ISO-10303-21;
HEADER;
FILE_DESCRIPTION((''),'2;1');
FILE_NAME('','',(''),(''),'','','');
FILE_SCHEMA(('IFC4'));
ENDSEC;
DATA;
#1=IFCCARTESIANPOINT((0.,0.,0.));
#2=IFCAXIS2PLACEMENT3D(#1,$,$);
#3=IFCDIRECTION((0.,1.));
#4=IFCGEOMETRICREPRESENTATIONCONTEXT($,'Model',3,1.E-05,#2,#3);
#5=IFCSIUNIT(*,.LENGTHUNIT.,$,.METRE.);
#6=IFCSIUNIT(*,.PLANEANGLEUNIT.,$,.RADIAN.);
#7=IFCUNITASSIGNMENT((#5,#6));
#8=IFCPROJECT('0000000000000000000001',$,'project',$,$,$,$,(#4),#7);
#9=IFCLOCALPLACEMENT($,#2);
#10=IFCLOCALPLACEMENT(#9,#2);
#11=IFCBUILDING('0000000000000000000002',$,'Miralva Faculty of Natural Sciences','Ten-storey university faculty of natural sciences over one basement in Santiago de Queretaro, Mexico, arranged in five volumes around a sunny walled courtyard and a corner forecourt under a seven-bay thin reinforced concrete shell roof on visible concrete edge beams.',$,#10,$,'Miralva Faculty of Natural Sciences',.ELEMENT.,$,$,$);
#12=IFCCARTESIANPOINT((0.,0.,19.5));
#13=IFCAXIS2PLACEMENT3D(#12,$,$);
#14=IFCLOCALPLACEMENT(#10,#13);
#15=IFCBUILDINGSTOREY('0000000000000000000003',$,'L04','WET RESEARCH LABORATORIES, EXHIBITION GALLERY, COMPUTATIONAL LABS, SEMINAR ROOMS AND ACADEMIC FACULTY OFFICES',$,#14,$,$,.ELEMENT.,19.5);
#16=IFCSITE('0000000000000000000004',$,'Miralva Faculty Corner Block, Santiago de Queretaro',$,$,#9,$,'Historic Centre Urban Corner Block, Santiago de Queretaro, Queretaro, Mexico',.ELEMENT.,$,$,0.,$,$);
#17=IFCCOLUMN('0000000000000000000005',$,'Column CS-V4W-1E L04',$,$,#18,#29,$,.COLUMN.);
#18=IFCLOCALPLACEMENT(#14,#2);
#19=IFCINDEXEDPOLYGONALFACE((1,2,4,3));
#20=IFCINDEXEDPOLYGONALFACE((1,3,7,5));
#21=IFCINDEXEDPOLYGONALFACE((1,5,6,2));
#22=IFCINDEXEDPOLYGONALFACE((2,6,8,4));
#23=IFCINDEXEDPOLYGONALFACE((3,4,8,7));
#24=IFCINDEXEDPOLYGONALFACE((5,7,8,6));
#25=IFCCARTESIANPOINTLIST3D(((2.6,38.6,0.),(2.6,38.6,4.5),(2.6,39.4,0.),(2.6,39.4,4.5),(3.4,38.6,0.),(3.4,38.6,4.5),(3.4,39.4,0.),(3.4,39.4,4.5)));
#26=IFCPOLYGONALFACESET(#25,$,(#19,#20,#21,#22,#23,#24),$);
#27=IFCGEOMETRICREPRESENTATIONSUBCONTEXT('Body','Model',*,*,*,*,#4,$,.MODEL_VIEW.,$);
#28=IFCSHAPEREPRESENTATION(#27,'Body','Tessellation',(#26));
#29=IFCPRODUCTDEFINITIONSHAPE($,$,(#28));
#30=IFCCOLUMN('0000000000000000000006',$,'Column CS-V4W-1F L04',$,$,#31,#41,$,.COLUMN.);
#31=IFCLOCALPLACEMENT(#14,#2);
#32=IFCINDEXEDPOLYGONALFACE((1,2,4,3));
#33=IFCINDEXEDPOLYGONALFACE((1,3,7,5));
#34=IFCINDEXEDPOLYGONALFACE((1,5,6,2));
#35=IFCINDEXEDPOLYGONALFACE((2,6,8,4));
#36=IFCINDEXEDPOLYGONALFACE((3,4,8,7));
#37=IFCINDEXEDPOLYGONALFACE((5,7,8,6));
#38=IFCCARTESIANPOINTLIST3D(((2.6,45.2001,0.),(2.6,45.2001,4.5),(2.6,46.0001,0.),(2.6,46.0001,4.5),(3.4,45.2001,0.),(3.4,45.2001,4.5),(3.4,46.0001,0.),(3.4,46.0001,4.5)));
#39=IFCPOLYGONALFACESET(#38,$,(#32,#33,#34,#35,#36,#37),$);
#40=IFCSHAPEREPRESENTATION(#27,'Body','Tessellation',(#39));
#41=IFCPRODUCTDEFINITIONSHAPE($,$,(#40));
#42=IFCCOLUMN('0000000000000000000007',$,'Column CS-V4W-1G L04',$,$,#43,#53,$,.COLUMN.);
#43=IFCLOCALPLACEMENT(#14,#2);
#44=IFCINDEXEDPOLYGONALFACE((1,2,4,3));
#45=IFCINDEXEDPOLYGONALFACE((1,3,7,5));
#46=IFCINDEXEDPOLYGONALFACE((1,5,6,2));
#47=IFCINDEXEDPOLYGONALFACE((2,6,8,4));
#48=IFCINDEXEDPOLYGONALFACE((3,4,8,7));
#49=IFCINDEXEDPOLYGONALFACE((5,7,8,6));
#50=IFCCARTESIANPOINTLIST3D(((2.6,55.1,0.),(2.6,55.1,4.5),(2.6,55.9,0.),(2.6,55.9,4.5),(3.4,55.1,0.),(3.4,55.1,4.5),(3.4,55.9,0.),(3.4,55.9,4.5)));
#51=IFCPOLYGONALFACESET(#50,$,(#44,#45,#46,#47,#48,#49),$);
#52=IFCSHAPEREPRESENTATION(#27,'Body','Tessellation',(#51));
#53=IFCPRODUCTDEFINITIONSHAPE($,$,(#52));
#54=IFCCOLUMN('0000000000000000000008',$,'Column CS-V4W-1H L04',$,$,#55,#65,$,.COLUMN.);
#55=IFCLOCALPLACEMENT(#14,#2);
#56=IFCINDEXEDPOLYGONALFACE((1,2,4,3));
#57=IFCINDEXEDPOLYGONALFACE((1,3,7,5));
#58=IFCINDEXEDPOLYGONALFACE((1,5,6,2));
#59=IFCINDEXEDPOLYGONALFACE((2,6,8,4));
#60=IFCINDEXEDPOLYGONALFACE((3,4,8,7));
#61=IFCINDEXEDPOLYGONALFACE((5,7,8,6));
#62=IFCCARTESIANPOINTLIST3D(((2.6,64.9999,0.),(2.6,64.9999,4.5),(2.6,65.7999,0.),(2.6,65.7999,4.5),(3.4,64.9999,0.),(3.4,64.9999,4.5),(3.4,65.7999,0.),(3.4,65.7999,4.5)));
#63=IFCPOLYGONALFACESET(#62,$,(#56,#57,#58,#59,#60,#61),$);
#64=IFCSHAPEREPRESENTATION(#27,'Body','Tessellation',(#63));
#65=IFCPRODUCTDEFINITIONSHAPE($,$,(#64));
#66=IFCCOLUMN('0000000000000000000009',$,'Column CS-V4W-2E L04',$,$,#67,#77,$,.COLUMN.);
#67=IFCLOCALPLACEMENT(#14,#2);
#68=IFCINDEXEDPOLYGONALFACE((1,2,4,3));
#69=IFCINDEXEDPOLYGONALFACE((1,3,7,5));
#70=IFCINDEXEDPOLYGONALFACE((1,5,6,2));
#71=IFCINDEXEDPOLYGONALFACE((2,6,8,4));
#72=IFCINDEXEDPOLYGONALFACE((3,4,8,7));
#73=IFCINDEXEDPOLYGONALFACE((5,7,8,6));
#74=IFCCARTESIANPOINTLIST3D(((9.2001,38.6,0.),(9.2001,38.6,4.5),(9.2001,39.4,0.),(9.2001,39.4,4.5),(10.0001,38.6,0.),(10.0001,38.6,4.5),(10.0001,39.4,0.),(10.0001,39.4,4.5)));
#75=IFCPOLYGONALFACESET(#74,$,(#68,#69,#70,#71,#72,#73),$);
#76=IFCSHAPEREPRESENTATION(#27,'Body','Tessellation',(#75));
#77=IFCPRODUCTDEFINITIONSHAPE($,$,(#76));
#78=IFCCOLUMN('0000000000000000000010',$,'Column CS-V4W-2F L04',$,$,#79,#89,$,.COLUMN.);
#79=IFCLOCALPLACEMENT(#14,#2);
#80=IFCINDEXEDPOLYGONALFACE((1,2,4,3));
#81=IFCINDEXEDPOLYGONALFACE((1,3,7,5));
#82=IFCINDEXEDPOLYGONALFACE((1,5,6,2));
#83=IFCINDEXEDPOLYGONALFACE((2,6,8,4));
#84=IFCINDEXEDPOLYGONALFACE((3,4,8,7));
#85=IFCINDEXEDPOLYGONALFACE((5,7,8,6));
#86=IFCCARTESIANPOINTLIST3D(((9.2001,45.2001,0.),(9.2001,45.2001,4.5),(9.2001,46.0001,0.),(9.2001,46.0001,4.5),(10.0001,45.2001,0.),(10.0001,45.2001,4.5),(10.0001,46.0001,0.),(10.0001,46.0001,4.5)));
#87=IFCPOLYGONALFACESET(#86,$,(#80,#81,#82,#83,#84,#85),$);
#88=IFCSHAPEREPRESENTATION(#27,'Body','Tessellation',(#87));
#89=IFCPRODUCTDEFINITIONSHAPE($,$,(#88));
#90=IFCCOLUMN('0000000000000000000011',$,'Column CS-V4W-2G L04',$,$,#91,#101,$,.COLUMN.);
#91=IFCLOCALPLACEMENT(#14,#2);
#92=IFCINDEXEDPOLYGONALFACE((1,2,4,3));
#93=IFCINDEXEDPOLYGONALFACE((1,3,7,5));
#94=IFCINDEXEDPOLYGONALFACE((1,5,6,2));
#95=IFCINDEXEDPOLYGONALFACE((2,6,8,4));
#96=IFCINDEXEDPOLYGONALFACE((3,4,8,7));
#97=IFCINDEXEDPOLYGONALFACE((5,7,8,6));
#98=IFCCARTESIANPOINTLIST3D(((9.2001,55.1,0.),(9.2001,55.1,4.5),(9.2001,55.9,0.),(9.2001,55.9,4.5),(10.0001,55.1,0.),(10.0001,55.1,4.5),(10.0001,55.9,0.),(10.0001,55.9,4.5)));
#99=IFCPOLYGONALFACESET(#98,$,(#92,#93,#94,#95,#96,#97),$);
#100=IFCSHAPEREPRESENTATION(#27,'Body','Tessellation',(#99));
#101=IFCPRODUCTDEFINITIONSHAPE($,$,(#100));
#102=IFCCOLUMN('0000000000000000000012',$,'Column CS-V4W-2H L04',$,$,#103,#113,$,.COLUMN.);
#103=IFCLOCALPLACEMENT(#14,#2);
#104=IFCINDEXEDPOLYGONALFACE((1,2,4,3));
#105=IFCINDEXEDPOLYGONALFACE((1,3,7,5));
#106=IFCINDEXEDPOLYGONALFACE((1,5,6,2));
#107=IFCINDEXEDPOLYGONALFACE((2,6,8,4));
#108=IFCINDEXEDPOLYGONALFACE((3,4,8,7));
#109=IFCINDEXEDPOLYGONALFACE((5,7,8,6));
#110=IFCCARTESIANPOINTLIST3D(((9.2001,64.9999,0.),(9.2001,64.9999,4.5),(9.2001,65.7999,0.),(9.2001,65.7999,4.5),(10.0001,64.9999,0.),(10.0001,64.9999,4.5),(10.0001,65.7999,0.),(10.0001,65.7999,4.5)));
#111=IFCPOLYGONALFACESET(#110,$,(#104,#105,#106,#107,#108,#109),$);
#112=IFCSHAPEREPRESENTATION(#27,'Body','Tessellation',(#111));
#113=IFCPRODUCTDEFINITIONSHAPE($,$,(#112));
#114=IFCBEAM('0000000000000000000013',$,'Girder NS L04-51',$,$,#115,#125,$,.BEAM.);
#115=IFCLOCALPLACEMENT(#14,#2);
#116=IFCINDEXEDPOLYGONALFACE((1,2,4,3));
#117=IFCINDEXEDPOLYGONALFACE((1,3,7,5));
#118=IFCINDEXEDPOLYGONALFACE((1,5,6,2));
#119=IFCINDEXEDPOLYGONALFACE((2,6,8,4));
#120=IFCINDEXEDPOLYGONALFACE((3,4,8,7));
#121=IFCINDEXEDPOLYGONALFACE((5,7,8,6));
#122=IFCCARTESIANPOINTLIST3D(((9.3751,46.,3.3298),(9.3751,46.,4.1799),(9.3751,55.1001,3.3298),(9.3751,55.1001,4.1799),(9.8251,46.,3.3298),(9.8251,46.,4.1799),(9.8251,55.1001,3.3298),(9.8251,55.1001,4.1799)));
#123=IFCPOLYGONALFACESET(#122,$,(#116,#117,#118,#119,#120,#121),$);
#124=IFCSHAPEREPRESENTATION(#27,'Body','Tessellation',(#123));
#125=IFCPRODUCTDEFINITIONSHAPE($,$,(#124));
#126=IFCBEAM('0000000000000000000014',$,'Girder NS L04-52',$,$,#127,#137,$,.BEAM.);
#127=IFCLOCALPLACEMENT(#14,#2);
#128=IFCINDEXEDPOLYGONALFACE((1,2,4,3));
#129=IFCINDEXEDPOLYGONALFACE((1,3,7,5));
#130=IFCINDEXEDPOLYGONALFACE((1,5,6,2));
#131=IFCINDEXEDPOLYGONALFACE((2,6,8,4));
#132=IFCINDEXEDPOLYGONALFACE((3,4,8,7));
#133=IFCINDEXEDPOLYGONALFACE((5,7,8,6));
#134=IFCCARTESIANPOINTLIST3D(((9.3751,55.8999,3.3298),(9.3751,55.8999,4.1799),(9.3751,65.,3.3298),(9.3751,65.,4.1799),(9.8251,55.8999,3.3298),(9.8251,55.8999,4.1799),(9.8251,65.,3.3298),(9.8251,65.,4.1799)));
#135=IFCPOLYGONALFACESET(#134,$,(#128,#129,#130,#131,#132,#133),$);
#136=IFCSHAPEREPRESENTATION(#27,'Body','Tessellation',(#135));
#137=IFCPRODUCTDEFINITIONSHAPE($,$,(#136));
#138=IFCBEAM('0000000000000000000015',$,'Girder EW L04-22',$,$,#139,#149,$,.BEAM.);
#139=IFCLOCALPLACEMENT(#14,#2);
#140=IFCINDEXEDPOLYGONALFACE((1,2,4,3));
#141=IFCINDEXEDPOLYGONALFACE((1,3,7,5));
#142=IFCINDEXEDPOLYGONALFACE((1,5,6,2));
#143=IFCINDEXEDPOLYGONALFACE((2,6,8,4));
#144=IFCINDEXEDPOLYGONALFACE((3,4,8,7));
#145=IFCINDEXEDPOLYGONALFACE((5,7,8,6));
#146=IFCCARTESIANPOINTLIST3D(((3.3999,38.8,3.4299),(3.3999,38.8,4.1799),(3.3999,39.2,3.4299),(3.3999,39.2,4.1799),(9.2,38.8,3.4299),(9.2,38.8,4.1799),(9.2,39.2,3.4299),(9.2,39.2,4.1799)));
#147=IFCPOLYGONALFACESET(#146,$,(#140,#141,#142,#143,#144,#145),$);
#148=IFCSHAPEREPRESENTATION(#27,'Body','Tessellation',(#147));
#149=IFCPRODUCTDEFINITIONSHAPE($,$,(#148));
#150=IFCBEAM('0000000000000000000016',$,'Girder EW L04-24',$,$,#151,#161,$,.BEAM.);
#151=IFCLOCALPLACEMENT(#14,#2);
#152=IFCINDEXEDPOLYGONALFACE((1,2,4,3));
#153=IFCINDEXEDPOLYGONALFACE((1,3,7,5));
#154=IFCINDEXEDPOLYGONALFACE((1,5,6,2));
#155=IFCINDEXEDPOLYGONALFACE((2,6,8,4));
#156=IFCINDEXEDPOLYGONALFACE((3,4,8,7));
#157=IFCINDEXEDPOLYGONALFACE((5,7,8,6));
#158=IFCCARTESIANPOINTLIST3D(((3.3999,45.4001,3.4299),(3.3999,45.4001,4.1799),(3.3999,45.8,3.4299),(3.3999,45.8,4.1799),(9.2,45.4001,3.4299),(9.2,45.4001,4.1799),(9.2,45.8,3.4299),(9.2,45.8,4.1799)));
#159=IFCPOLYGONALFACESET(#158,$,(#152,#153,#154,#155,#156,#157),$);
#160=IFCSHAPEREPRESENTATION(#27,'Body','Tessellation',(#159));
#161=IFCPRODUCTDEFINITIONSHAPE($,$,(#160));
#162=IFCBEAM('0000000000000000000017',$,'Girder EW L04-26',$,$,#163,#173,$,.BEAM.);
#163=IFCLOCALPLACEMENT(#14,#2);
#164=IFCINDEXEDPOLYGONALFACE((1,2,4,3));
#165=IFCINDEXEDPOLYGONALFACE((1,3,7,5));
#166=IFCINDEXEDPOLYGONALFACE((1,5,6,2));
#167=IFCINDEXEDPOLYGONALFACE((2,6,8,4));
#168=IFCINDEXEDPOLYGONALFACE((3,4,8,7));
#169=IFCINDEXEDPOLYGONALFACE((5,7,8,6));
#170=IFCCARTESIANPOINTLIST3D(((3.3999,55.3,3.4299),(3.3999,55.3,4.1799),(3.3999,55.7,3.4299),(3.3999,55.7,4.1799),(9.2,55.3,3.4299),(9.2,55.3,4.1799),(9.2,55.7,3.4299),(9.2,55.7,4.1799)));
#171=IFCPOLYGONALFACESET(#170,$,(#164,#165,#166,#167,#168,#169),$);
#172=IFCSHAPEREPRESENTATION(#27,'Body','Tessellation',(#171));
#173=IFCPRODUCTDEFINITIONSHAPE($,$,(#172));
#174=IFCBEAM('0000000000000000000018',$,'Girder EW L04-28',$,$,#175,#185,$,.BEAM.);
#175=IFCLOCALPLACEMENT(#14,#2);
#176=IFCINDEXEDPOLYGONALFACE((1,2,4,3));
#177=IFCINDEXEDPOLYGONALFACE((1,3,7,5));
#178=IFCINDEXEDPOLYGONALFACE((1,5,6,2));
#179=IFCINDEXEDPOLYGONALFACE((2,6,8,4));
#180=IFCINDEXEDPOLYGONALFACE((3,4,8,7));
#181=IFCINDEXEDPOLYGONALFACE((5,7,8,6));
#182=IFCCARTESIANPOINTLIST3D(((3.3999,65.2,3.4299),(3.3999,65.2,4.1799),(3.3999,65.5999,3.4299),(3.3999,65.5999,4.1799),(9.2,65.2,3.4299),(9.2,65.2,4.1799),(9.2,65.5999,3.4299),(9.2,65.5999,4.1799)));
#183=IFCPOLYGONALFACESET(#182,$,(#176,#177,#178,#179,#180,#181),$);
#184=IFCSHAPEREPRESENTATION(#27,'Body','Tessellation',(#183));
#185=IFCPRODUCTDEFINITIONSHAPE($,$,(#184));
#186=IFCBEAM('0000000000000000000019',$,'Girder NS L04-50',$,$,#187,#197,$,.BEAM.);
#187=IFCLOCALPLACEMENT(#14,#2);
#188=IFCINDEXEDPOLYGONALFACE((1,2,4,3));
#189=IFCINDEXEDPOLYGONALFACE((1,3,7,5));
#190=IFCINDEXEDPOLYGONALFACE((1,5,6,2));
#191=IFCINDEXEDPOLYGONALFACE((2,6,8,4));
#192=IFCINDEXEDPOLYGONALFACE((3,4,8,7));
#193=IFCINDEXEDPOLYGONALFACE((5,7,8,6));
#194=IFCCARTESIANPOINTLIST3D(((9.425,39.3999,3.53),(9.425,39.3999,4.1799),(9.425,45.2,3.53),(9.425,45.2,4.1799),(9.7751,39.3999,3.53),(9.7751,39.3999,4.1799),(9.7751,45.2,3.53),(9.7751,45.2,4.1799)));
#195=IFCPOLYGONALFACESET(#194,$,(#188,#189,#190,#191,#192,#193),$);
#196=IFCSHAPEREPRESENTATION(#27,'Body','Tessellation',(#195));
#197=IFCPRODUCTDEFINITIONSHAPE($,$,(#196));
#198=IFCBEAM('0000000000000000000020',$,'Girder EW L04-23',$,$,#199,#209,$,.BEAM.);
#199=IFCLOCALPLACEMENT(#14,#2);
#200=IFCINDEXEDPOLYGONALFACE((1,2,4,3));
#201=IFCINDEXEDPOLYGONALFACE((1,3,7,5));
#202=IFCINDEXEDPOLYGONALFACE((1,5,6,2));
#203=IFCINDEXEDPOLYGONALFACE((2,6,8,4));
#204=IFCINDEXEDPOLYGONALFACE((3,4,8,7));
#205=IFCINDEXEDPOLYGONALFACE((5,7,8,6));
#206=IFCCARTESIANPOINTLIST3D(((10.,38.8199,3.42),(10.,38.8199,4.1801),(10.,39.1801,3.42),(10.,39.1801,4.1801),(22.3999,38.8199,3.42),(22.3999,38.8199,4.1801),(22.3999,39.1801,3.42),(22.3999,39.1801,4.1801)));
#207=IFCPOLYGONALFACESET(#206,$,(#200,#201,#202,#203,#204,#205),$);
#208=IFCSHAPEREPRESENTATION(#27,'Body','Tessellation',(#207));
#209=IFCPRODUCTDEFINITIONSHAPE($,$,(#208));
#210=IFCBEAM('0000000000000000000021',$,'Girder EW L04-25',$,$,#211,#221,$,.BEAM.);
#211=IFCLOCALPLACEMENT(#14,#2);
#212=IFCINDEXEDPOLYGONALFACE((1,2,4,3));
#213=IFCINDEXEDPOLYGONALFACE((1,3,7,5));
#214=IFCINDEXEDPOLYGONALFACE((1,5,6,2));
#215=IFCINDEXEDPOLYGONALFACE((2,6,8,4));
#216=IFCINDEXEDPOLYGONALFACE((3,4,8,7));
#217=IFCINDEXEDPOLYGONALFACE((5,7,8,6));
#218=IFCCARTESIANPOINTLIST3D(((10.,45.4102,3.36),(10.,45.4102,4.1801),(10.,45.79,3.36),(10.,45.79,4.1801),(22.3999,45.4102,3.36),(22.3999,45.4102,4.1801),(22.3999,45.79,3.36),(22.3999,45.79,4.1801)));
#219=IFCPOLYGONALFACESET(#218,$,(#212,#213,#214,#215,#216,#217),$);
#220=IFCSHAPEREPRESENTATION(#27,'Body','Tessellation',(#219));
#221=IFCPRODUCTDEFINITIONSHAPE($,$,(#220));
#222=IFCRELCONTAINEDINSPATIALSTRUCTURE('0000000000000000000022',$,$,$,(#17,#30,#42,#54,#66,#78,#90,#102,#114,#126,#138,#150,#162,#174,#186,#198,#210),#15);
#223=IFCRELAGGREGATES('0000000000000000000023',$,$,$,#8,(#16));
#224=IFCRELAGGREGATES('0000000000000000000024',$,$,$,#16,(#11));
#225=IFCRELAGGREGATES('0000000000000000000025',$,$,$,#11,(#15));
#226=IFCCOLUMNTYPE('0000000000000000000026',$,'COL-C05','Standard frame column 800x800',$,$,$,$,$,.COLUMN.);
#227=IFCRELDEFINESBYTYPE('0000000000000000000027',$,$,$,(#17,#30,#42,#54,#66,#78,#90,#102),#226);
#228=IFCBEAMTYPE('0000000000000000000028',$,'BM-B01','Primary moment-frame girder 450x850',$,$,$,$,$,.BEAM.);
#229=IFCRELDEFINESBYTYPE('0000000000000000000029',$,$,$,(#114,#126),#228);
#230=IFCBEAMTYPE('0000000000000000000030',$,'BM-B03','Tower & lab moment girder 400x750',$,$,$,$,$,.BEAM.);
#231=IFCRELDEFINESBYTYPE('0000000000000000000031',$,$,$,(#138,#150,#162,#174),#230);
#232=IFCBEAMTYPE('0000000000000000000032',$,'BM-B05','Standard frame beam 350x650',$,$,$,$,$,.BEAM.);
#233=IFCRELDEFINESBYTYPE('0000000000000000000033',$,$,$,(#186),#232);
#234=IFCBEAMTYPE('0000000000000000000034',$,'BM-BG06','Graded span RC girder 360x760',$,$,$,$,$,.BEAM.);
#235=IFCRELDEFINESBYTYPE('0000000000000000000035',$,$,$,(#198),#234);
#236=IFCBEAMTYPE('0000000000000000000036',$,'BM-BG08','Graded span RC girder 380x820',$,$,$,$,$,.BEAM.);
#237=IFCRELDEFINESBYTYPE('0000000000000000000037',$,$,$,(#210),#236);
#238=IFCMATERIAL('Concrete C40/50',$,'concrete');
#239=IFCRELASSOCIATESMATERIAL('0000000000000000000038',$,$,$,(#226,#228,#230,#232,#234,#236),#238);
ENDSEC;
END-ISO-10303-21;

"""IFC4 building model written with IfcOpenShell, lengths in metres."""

from ifc_helpers import new_model, si_unit, direction, frame, origin, origin_2d, place, context, subcontext, project, spatial, rectangle, extrude, material, material_profile, profile_set, type_object, element, save


model = new_model("IFC4")

# Units and contexts
model_context = context("Model", 3, precision=1e-05, world=origin(), true_north=direction((0.0, 1.0)))
body_context = subcontext(model_context, "Body", "Model", "MODEL_VIEW")
ifc_project = project(units=[si_unit("LENGTHUNIT", "METRE"), si_unit("PLANEANGLEUNIT", "RADIAN")], contexts=[model_context])

# Site, building, storey
site_placement = place(None, origin())
site = spatial("IfcSite", under=ifc_project, at=site_placement, Name="Miralva Faculty Corner Block, Santiago de Queretaro", LongName="Historic Centre Urban Corner Block, Santiago de Queretaro, Queretaro, Mexico", CompositionType="ELEMENT", RefElevation=0.0)
building_placement = place(site_placement, origin())
building = spatial("IfcBuilding", under=site, at=building_placement, Name="Miralva Faculty of Natural Sciences", Description="Ten-storey university faculty of natural sciences over one basement in Santiago de Queretaro, Mexico, arranged in five volumes around a sunny walled courtyard and a corner forecourt under a seven-bay thin reinforced concrete shell roof on visible concrete edge beams.", LongName="Miralva Faculty of Natural Sciences", CompositionType="ELEMENT")
storey_placement = place(building_placement, frame((0.0, 0.0, 19.5)))
storey = spatial("IfcBuildingStorey", under=building, at=storey_placement, Name="L04", Description="WET RESEARCH LABORATORIES, EXHIBITION GALLERY, COMPUTATIONAL LABS, SEMINAR ROOMS AND ACADEMIC FACULTY OFFICES", CompositionType="ELEMENT", Elevation=19.5)

# Columns
ifc_material_1 = material(Name="Concrete C40/50", Category="concrete")
ifc_material_profile_1 = material_profile(ifc_material_1, rectangle(XDim=0.8, YDim=0.8, at=origin_2d()), Name="RC 800x800")
ifc_profile_set_1 = profile_set([ifc_material_profile_1], Name="Concrete C40/50")
column_type = type_object("IfcColumnType", Name="COL-C05", Description="Standard frame column 800x800", PredefinedType="COLUMN", material=ifc_profile_set_1)
for number, where, z_axis, x_axis, name in (
    (1, (3.0, 39.0, 0.0), (0.0, 0.0, 1.0), (1.0, 0.0, 0.0), "Column CS-V4W-1E L04"),
    (2, (3.0, 45.6001, 0.0), (0.0, 0.0, 1.0), (1.0, 0.0, 0.0), "Column CS-V4W-1F L04"),
    (3, (3.0, 55.5, 0.0), (0.0, 0.0, 1.0), (1.0, 0.0, 0.0), "Column CS-V4W-1G L04"),
    (4, (3.0, 65.3999, 0.0), (0.0, 0.0, 1.0), (1.0, 0.0, 0.0), "Column CS-V4W-1H L04"),
    (5, (9.6001, 39.0, 0.0), (0.0, 0.0, 1.0), (1.0, 0.0, 0.0), "Column CS-V4W-2E L04"),
    (6, (9.6001, 45.6001, 0.0), (0.0, 0.0, 1.0), (1.0, 0.0, 0.0), "Column CS-V4W-2F L04"),
    (7, (9.6001, 55.5, 0.0), (0.0, 0.0, 1.0), (1.0, 0.0, 0.0), "Column CS-V4W-2G L04"),
    (8, (9.6001, 65.3999, 0.0), (0.0, 0.0, 1.0), (1.0, 0.0, 0.0), "Column CS-V4W-2H L04"),
):
    element("IfcColumn", number, at=place(storey_placement, frame(where, z_axis=z_axis, x_axis=x_axis)), inside=storey, type_object=column_type, Name=name, PredefinedType="COLUMN", context=body_context, shape_type="SweptSolid", body=[
        extrude(rectangle(XDim=0.8, YDim=0.8, at=origin_2d()), origin(), (0.0, 0.0, 1.0), 4.5),
    ])

# Beams
ifc_material_profile_2 = material_profile(ifc_material_1, rectangle(XDim=0.45, YDim=0.8501, at=origin_2d()), Name="RC 450x850")
ifc_profile_set_2 = profile_set([ifc_material_profile_2], Name="Concrete C40/50")
beam_type_1 = type_object("IfcBeamType", Name="BM-B01", Description="Primary moment-frame girder 450x850", PredefinedType="BEAM", material=ifc_profile_set_2)
for number, where, z_axis, x_axis, name in (
    (9, (9.6001, 46.0, 3.7549), (0.0, 1.0, 0.0), (-1.0, 0.0, 0.0), "Girder NS L04-51"),
    (10, (9.6001, 55.8999, 3.7549), (0.0, 1.0, 0.0), (-1.0, 0.0, 0.0), "Girder NS L04-52"),
):
    element("IfcBeam", number, at=place(storey_placement, frame(where, z_axis=z_axis, x_axis=x_axis)), inside=storey, type_object=beam_type_1, Name=name, PredefinedType="BEAM", context=body_context, shape_type="SweptSolid", body=[
        extrude(rectangle(XDim=0.45, YDim=0.8501, at=origin_2d()), origin(), (0.0, 0.0, 1.0), 9.1001),
    ])
ifc_material_profile_3 = material_profile(ifc_material_1, rectangle(XDim=0.3999, YDim=0.75, at=origin_2d()), Name="RC 400x750")
ifc_profile_set_3 = profile_set([ifc_material_profile_3], Name="Concrete C40/50")
beam_type_2 = type_object("IfcBeamType", Name="BM-B03", Description="Tower & lab moment girder 400x750", PredefinedType="BEAM", material=ifc_profile_set_3)
for number, where, z_axis, x_axis, name in (
    (11, (3.3999, 39.0, 3.8049), (1.0, 0.0, 0.0), (0.0, 1.0, 0.0), "Girder EW L04-22"),
    (12, (3.3999, 45.6001, 3.8049), (1.0, 0.0, 0.0), (0.0, 1.0, 0.0), "Girder EW L04-24"),
    (13, (3.3999, 55.5, 3.8049), (1.0, 0.0, 0.0), (0.0, 1.0, 0.0), "Girder EW L04-26"),
    (14, (3.3999, 65.3999, 3.8049), (1.0, 0.0, 0.0), (0.0, 1.0, 0.0), "Girder EW L04-28"),
):
    element("IfcBeam", number, at=place(storey_placement, frame(where, z_axis=z_axis, x_axis=x_axis)), inside=storey, type_object=beam_type_2, Name=name, PredefinedType="BEAM", context=body_context, shape_type="SweptSolid", body=[
        extrude(rectangle(XDim=0.3999, YDim=0.75, at=origin_2d()), origin(), (0.0, 0.0, 1.0), 5.8),
    ])
ifc_material_profile_4 = material_profile(ifc_material_1, rectangle(XDim=0.3501, YDim=0.6499, at=origin_2d()), Name="RC 350x650")
ifc_profile_set_4 = profile_set([ifc_material_profile_4], Name="Concrete C40/50")
beam_type_3 = type_object("IfcBeamType", Name="BM-B05", Description="Standard frame beam 350x650", PredefinedType="BEAM", material=ifc_profile_set_4)
beam_1_placement = place(storey_placement, frame((9.6001, 39.3999, 3.855), z_axis=(0.0, 1.0, 0.0), x_axis=(-1.0, 0.0, 0.0)))
element("IfcBeam", 15, at=beam_1_placement, inside=storey, type_object=beam_type_3, Name="Girder NS L04-50", PredefinedType="BEAM", context=body_context, shape_type="SweptSolid", body=[
    extrude(rectangle(XDim=0.3501, YDim=0.6499, at=origin_2d()), origin(), (0.0, 0.0, 1.0), 5.8),
])
ifc_material_profile_5 = material_profile(ifc_material_1, rectangle(XDim=0.3601, YDim=0.76, at=origin_2d()), Name="RC 360x760")
ifc_profile_set_5 = profile_set([ifc_material_profile_5], Name="Concrete C40/50")
beam_type_4 = type_object("IfcBeamType", Name="BM-BG06", Description="Graded span RC girder 360x760", PredefinedType="BEAM", material=ifc_profile_set_5)
beam_2_placement = place(storey_placement, frame((10.0, 39.0, 3.8), z_axis=(1.0, 0.0, 0.0), x_axis=(0.0, 1.0, 0.0)))
element("IfcBeam", 16, at=beam_2_placement, inside=storey, type_object=beam_type_4, Name="Girder EW L04-23", PredefinedType="BEAM", context=body_context, shape_type="SweptSolid", body=[
    extrude(rectangle(XDim=0.3601, YDim=0.76, at=origin_2d()), origin(), (0.0, 0.0, 1.0), 12.3999),
])
ifc_material_profile_6 = material_profile(ifc_material_1, rectangle(XDim=0.3799, YDim=0.8201, at=origin_2d()), Name="RC 380x820")
ifc_profile_set_6 = profile_set([ifc_material_profile_6], Name="Concrete C40/50")
beam_type_5 = type_object("IfcBeamType", Name="BM-BG08", Description="Graded span RC girder 380x820", PredefinedType="BEAM", material=ifc_profile_set_6)
beam_3_placement = place(storey_placement, frame((10.0, 45.6001, 3.77), z_axis=(1.0, 0.0, 0.0), x_axis=(0.0, 1.0, 0.0)))
element("IfcBeam", 17, at=beam_3_placement, inside=storey, type_object=beam_type_5, Name="Girder EW L04-25", PredefinedType="BEAM", context=body_context, shape_type="SweptSolid", body=[
    extrude(rectangle(XDim=0.3799, YDim=0.8201, at=origin_2d()), origin(), (0.0, 0.0, 1.0), 12.3999),
])

save(model, "model.ifc")
